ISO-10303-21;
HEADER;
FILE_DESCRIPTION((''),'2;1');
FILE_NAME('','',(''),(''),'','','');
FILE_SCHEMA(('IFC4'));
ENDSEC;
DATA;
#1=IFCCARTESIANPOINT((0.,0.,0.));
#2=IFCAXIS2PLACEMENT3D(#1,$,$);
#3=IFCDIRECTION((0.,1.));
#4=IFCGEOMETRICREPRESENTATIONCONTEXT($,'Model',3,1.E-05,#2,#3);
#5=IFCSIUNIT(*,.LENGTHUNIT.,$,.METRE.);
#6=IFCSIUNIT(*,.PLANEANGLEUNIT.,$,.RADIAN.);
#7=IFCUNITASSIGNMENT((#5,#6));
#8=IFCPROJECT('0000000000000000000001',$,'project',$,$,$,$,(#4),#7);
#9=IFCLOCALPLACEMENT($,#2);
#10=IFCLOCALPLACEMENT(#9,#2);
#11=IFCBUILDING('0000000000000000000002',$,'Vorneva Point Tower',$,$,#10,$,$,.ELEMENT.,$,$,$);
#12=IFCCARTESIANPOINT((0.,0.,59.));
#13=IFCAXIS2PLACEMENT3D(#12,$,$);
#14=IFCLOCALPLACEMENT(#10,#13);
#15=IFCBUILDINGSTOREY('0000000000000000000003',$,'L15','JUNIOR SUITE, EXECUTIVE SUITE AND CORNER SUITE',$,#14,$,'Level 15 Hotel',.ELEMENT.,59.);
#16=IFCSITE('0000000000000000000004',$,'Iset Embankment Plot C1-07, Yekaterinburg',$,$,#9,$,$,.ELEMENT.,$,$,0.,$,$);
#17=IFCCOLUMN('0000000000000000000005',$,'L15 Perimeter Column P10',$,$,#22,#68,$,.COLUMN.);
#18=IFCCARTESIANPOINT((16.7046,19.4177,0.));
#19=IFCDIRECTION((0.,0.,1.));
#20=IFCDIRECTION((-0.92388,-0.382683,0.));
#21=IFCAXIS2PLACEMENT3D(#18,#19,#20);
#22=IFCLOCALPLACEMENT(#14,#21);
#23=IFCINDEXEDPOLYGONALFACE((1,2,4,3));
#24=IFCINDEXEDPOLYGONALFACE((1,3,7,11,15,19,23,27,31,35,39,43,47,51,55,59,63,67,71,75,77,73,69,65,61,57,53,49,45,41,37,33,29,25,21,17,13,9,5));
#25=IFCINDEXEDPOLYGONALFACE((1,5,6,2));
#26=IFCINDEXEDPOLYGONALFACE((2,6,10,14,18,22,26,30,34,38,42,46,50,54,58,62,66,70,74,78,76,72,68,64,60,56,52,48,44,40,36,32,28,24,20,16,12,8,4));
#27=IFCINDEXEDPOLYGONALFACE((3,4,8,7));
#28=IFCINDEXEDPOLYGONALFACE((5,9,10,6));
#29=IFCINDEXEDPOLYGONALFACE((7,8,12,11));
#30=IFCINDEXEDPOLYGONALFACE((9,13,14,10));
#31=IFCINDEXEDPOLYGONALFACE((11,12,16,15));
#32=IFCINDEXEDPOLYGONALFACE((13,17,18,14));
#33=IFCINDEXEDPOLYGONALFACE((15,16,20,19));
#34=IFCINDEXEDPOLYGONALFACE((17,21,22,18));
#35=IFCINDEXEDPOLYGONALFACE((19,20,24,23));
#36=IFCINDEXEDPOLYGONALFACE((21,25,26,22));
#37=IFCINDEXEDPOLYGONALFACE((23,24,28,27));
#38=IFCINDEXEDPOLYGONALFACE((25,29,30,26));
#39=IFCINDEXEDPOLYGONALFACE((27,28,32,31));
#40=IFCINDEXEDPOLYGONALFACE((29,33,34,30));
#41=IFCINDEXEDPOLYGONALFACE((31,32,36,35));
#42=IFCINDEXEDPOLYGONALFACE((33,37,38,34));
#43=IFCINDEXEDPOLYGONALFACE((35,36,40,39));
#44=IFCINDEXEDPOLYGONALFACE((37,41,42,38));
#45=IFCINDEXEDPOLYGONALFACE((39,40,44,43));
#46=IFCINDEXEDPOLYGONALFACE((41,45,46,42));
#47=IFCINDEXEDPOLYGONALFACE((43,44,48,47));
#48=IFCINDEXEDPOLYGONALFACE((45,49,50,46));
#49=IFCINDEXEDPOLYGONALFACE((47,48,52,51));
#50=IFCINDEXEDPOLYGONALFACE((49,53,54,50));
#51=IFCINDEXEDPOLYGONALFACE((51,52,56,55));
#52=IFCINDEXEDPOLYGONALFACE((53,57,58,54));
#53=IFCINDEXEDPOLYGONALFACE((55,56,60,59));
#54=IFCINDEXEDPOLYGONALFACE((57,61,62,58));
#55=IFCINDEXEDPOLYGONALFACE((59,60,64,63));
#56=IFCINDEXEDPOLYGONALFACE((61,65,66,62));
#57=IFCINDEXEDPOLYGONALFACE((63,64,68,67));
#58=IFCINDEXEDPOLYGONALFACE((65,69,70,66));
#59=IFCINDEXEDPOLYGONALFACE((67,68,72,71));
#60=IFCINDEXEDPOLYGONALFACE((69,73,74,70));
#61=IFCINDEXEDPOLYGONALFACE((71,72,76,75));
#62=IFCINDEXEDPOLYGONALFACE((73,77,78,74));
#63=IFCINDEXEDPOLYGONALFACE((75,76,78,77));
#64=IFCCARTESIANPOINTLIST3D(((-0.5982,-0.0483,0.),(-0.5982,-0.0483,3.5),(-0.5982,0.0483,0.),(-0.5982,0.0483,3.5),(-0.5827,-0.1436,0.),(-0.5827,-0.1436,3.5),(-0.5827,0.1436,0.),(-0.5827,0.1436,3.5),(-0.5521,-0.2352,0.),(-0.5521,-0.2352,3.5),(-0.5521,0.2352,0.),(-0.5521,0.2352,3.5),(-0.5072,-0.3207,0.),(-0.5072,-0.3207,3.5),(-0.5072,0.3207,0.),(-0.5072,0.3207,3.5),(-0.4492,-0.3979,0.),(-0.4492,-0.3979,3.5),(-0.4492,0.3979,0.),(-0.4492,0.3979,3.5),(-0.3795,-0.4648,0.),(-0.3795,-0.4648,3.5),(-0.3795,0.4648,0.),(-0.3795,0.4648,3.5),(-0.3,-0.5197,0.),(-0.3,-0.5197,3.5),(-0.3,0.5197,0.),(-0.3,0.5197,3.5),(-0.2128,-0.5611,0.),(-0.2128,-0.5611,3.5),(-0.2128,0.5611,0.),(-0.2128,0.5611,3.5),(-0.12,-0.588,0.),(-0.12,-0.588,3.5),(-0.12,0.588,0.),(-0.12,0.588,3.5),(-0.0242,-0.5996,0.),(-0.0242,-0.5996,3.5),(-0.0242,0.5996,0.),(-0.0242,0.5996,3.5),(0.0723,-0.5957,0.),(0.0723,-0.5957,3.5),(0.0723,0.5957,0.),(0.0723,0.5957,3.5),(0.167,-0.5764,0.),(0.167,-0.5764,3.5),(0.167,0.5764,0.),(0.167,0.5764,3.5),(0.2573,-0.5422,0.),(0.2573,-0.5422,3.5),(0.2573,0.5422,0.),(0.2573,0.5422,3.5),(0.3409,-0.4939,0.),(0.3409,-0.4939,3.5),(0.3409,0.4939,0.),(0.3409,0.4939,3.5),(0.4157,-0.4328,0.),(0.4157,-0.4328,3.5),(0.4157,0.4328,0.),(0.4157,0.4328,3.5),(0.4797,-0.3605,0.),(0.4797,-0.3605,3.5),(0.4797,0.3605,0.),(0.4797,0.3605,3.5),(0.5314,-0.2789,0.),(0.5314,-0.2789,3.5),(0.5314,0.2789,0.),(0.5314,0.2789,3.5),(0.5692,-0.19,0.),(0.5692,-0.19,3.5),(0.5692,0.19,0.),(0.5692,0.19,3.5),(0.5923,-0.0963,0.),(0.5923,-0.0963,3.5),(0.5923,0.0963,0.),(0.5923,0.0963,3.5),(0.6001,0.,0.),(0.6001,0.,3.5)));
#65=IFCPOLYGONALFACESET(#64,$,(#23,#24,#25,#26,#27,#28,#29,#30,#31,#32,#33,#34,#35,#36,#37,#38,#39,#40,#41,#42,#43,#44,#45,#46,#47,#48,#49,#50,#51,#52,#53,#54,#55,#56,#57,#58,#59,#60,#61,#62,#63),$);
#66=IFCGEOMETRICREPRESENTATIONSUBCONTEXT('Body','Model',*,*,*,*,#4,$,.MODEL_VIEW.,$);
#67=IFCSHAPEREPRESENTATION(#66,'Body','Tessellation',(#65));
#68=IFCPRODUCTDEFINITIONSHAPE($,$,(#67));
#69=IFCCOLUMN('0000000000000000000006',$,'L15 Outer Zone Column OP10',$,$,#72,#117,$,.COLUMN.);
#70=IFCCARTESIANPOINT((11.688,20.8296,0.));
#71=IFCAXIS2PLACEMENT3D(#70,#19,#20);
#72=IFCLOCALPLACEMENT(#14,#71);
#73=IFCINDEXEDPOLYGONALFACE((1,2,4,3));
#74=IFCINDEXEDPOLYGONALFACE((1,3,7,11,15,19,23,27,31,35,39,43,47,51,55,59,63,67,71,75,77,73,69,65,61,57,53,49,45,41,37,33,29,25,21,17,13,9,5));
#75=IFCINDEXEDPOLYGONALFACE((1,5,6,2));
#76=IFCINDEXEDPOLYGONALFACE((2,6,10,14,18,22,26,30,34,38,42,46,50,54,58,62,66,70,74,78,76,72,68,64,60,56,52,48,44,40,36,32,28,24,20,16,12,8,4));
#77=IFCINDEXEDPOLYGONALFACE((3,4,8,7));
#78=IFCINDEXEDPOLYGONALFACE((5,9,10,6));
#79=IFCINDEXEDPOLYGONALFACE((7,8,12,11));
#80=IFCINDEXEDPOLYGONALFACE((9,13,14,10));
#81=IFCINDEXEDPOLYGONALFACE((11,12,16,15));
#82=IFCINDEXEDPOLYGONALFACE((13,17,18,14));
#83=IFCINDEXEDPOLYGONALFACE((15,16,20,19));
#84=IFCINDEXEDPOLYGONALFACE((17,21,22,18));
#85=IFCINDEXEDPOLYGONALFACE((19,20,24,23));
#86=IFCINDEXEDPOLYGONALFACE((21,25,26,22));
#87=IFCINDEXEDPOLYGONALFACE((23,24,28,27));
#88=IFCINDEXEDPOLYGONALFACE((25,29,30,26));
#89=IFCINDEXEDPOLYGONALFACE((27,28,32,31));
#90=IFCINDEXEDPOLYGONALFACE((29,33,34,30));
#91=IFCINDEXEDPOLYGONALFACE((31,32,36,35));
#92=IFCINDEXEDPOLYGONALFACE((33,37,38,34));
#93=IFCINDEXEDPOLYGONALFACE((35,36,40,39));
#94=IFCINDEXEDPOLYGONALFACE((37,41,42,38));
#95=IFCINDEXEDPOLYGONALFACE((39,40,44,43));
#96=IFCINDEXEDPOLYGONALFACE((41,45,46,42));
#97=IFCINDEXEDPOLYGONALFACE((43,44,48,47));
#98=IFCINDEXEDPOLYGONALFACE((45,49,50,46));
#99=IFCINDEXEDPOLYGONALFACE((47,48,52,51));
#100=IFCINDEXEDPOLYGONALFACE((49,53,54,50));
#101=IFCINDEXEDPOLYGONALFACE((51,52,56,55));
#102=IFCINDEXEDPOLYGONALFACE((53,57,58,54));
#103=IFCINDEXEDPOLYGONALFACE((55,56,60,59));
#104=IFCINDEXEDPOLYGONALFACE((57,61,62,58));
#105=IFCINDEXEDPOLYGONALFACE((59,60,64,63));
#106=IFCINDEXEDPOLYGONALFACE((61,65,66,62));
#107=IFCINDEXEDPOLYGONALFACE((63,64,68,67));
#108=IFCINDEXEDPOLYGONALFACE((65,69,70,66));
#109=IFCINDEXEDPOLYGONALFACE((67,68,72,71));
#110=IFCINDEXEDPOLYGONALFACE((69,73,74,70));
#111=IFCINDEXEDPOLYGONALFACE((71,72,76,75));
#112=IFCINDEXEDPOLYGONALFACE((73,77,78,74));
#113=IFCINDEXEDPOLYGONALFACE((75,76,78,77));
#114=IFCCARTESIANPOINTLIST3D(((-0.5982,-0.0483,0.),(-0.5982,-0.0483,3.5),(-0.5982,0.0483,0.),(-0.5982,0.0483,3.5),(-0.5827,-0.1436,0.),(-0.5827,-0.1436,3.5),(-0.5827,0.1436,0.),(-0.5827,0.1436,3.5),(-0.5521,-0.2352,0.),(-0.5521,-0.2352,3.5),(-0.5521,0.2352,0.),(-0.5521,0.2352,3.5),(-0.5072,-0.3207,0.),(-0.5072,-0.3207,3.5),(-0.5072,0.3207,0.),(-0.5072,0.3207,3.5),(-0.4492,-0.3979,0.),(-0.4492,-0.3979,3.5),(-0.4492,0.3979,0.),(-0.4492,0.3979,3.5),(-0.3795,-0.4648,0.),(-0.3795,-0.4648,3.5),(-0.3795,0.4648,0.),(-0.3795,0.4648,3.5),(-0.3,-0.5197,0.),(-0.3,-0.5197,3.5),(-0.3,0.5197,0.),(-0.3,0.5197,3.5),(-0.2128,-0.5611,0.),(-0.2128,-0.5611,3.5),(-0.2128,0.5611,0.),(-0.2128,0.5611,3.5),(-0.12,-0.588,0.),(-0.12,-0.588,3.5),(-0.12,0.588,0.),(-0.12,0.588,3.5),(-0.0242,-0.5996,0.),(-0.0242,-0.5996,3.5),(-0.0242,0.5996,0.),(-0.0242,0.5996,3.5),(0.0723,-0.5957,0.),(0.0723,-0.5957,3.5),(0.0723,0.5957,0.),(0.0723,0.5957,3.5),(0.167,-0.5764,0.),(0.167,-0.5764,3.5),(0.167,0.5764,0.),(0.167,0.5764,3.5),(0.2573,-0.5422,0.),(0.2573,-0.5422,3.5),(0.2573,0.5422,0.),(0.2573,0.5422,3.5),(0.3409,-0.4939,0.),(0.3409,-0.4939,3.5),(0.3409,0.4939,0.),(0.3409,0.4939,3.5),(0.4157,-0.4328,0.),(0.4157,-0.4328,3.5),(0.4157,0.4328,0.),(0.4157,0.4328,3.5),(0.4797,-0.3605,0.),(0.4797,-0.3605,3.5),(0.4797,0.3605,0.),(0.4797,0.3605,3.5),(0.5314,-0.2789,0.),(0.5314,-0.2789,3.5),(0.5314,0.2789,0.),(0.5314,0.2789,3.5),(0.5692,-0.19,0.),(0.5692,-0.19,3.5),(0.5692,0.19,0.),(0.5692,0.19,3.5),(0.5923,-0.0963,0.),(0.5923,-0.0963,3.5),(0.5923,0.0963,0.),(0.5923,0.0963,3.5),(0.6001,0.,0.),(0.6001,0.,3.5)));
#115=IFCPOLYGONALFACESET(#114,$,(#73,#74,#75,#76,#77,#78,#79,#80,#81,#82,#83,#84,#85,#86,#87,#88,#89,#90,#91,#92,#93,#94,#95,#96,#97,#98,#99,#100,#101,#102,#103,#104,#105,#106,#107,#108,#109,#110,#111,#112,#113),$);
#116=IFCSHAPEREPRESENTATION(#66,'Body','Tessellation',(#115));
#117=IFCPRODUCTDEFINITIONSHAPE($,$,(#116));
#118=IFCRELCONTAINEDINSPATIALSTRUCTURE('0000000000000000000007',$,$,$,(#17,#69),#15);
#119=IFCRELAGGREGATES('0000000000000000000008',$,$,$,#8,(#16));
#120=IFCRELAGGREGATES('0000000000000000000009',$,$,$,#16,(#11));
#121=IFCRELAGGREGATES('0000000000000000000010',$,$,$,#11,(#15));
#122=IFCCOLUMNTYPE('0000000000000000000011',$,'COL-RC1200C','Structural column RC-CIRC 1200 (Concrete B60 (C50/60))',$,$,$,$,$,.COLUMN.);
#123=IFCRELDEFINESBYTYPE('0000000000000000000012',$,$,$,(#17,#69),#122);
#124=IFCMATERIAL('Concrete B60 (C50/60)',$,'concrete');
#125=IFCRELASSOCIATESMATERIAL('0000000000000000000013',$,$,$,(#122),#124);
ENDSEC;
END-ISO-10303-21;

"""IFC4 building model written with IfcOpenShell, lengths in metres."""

from ifc_helpers import new_model, si_unit, direction, frame, origin, origin_2d, place, context, subcontext, project, spatial, circle, extrude, material, material_profile, profile_set, type_object, element, save


model = new_model("IFC4")

# Units and contexts
model_context = context("Model", 3, precision=1e-05, world=origin(), true_north=direction((0.0, 1.0)))
body_context = subcontext(model_context, "Body", "Model", "MODEL_VIEW")
ifc_project = project(units=[si_unit("LENGTHUNIT", "METRE"), si_unit("PLANEANGLEUNIT", "RADIAN")], contexts=[model_context])

# Site, building, storey
site_placement = place(None, origin())
site = spatial("IfcSite", under=ifc_project, at=site_placement, Name="Iset Embankment Plot C1-07, Yekaterinburg", CompositionType="ELEMENT", RefElevation=0.0)
building_placement = place(site_placement, origin())
building = spatial("IfcBuilding", under=site, at=building_placement, Name="Vorneva Point Tower", CompositionType="ELEMENT")
storey_placement = place(building_placement, frame((0.0, 0.0, 59.0)))
storey = spatial("IfcBuildingStorey", under=building, at=storey_placement, Name="L15", Description="JUNIOR SUITE, EXECUTIVE SUITE AND CORNER SUITE", LongName="Level 15 Hotel", CompositionType="ELEMENT", Elevation=59.0)

# Columns
ifc_material_1 = material(Name="Concrete B60 (C50/60)", Category="concrete")
ifc_material_profile_1 = material_profile(ifc_material_1, circle(Radius=0.6001, at=origin_2d()), Name="RC-CIRC 1200")
ifc_profile_set_1 = profile_set([ifc_material_profile_1], Name="Concrete B60 (C50/60)")
column_type = type_object("IfcColumnType", Name="COL-RC1200C", Description="Structural column RC-CIRC 1200 (Concrete B60 (C50/60))", PredefinedType="COLUMN", material=ifc_profile_set_1)
for number, where, z_axis, x_axis, name in (
    (1, (16.7046, 19.4177, 0.0), (0.0, 0.0, 1.0), (-0.92388, -0.382683, 0.0), "L15 Perimeter Column P10"),
    (2, (11.688, 20.8296, 0.0), (0.0, 0.0, 1.0), (-0.92388, -0.382683, 0.0), "L15 Outer Zone Column OP10"),
):
    element("IfcColumn", number, at=place(storey_placement, frame(where, z_axis=z_axis, x_axis=x_axis)), inside=storey, type_object=column_type, Name=name, PredefinedType="COLUMN", context=body_context, shape_type="SweptSolid", body=[
        extrude(circle(Radius=0.6001, at=origin_2d()), origin(), (0.0, 0.0, 1.0), 3.5),
    ])

save(model, "model.ifc")
